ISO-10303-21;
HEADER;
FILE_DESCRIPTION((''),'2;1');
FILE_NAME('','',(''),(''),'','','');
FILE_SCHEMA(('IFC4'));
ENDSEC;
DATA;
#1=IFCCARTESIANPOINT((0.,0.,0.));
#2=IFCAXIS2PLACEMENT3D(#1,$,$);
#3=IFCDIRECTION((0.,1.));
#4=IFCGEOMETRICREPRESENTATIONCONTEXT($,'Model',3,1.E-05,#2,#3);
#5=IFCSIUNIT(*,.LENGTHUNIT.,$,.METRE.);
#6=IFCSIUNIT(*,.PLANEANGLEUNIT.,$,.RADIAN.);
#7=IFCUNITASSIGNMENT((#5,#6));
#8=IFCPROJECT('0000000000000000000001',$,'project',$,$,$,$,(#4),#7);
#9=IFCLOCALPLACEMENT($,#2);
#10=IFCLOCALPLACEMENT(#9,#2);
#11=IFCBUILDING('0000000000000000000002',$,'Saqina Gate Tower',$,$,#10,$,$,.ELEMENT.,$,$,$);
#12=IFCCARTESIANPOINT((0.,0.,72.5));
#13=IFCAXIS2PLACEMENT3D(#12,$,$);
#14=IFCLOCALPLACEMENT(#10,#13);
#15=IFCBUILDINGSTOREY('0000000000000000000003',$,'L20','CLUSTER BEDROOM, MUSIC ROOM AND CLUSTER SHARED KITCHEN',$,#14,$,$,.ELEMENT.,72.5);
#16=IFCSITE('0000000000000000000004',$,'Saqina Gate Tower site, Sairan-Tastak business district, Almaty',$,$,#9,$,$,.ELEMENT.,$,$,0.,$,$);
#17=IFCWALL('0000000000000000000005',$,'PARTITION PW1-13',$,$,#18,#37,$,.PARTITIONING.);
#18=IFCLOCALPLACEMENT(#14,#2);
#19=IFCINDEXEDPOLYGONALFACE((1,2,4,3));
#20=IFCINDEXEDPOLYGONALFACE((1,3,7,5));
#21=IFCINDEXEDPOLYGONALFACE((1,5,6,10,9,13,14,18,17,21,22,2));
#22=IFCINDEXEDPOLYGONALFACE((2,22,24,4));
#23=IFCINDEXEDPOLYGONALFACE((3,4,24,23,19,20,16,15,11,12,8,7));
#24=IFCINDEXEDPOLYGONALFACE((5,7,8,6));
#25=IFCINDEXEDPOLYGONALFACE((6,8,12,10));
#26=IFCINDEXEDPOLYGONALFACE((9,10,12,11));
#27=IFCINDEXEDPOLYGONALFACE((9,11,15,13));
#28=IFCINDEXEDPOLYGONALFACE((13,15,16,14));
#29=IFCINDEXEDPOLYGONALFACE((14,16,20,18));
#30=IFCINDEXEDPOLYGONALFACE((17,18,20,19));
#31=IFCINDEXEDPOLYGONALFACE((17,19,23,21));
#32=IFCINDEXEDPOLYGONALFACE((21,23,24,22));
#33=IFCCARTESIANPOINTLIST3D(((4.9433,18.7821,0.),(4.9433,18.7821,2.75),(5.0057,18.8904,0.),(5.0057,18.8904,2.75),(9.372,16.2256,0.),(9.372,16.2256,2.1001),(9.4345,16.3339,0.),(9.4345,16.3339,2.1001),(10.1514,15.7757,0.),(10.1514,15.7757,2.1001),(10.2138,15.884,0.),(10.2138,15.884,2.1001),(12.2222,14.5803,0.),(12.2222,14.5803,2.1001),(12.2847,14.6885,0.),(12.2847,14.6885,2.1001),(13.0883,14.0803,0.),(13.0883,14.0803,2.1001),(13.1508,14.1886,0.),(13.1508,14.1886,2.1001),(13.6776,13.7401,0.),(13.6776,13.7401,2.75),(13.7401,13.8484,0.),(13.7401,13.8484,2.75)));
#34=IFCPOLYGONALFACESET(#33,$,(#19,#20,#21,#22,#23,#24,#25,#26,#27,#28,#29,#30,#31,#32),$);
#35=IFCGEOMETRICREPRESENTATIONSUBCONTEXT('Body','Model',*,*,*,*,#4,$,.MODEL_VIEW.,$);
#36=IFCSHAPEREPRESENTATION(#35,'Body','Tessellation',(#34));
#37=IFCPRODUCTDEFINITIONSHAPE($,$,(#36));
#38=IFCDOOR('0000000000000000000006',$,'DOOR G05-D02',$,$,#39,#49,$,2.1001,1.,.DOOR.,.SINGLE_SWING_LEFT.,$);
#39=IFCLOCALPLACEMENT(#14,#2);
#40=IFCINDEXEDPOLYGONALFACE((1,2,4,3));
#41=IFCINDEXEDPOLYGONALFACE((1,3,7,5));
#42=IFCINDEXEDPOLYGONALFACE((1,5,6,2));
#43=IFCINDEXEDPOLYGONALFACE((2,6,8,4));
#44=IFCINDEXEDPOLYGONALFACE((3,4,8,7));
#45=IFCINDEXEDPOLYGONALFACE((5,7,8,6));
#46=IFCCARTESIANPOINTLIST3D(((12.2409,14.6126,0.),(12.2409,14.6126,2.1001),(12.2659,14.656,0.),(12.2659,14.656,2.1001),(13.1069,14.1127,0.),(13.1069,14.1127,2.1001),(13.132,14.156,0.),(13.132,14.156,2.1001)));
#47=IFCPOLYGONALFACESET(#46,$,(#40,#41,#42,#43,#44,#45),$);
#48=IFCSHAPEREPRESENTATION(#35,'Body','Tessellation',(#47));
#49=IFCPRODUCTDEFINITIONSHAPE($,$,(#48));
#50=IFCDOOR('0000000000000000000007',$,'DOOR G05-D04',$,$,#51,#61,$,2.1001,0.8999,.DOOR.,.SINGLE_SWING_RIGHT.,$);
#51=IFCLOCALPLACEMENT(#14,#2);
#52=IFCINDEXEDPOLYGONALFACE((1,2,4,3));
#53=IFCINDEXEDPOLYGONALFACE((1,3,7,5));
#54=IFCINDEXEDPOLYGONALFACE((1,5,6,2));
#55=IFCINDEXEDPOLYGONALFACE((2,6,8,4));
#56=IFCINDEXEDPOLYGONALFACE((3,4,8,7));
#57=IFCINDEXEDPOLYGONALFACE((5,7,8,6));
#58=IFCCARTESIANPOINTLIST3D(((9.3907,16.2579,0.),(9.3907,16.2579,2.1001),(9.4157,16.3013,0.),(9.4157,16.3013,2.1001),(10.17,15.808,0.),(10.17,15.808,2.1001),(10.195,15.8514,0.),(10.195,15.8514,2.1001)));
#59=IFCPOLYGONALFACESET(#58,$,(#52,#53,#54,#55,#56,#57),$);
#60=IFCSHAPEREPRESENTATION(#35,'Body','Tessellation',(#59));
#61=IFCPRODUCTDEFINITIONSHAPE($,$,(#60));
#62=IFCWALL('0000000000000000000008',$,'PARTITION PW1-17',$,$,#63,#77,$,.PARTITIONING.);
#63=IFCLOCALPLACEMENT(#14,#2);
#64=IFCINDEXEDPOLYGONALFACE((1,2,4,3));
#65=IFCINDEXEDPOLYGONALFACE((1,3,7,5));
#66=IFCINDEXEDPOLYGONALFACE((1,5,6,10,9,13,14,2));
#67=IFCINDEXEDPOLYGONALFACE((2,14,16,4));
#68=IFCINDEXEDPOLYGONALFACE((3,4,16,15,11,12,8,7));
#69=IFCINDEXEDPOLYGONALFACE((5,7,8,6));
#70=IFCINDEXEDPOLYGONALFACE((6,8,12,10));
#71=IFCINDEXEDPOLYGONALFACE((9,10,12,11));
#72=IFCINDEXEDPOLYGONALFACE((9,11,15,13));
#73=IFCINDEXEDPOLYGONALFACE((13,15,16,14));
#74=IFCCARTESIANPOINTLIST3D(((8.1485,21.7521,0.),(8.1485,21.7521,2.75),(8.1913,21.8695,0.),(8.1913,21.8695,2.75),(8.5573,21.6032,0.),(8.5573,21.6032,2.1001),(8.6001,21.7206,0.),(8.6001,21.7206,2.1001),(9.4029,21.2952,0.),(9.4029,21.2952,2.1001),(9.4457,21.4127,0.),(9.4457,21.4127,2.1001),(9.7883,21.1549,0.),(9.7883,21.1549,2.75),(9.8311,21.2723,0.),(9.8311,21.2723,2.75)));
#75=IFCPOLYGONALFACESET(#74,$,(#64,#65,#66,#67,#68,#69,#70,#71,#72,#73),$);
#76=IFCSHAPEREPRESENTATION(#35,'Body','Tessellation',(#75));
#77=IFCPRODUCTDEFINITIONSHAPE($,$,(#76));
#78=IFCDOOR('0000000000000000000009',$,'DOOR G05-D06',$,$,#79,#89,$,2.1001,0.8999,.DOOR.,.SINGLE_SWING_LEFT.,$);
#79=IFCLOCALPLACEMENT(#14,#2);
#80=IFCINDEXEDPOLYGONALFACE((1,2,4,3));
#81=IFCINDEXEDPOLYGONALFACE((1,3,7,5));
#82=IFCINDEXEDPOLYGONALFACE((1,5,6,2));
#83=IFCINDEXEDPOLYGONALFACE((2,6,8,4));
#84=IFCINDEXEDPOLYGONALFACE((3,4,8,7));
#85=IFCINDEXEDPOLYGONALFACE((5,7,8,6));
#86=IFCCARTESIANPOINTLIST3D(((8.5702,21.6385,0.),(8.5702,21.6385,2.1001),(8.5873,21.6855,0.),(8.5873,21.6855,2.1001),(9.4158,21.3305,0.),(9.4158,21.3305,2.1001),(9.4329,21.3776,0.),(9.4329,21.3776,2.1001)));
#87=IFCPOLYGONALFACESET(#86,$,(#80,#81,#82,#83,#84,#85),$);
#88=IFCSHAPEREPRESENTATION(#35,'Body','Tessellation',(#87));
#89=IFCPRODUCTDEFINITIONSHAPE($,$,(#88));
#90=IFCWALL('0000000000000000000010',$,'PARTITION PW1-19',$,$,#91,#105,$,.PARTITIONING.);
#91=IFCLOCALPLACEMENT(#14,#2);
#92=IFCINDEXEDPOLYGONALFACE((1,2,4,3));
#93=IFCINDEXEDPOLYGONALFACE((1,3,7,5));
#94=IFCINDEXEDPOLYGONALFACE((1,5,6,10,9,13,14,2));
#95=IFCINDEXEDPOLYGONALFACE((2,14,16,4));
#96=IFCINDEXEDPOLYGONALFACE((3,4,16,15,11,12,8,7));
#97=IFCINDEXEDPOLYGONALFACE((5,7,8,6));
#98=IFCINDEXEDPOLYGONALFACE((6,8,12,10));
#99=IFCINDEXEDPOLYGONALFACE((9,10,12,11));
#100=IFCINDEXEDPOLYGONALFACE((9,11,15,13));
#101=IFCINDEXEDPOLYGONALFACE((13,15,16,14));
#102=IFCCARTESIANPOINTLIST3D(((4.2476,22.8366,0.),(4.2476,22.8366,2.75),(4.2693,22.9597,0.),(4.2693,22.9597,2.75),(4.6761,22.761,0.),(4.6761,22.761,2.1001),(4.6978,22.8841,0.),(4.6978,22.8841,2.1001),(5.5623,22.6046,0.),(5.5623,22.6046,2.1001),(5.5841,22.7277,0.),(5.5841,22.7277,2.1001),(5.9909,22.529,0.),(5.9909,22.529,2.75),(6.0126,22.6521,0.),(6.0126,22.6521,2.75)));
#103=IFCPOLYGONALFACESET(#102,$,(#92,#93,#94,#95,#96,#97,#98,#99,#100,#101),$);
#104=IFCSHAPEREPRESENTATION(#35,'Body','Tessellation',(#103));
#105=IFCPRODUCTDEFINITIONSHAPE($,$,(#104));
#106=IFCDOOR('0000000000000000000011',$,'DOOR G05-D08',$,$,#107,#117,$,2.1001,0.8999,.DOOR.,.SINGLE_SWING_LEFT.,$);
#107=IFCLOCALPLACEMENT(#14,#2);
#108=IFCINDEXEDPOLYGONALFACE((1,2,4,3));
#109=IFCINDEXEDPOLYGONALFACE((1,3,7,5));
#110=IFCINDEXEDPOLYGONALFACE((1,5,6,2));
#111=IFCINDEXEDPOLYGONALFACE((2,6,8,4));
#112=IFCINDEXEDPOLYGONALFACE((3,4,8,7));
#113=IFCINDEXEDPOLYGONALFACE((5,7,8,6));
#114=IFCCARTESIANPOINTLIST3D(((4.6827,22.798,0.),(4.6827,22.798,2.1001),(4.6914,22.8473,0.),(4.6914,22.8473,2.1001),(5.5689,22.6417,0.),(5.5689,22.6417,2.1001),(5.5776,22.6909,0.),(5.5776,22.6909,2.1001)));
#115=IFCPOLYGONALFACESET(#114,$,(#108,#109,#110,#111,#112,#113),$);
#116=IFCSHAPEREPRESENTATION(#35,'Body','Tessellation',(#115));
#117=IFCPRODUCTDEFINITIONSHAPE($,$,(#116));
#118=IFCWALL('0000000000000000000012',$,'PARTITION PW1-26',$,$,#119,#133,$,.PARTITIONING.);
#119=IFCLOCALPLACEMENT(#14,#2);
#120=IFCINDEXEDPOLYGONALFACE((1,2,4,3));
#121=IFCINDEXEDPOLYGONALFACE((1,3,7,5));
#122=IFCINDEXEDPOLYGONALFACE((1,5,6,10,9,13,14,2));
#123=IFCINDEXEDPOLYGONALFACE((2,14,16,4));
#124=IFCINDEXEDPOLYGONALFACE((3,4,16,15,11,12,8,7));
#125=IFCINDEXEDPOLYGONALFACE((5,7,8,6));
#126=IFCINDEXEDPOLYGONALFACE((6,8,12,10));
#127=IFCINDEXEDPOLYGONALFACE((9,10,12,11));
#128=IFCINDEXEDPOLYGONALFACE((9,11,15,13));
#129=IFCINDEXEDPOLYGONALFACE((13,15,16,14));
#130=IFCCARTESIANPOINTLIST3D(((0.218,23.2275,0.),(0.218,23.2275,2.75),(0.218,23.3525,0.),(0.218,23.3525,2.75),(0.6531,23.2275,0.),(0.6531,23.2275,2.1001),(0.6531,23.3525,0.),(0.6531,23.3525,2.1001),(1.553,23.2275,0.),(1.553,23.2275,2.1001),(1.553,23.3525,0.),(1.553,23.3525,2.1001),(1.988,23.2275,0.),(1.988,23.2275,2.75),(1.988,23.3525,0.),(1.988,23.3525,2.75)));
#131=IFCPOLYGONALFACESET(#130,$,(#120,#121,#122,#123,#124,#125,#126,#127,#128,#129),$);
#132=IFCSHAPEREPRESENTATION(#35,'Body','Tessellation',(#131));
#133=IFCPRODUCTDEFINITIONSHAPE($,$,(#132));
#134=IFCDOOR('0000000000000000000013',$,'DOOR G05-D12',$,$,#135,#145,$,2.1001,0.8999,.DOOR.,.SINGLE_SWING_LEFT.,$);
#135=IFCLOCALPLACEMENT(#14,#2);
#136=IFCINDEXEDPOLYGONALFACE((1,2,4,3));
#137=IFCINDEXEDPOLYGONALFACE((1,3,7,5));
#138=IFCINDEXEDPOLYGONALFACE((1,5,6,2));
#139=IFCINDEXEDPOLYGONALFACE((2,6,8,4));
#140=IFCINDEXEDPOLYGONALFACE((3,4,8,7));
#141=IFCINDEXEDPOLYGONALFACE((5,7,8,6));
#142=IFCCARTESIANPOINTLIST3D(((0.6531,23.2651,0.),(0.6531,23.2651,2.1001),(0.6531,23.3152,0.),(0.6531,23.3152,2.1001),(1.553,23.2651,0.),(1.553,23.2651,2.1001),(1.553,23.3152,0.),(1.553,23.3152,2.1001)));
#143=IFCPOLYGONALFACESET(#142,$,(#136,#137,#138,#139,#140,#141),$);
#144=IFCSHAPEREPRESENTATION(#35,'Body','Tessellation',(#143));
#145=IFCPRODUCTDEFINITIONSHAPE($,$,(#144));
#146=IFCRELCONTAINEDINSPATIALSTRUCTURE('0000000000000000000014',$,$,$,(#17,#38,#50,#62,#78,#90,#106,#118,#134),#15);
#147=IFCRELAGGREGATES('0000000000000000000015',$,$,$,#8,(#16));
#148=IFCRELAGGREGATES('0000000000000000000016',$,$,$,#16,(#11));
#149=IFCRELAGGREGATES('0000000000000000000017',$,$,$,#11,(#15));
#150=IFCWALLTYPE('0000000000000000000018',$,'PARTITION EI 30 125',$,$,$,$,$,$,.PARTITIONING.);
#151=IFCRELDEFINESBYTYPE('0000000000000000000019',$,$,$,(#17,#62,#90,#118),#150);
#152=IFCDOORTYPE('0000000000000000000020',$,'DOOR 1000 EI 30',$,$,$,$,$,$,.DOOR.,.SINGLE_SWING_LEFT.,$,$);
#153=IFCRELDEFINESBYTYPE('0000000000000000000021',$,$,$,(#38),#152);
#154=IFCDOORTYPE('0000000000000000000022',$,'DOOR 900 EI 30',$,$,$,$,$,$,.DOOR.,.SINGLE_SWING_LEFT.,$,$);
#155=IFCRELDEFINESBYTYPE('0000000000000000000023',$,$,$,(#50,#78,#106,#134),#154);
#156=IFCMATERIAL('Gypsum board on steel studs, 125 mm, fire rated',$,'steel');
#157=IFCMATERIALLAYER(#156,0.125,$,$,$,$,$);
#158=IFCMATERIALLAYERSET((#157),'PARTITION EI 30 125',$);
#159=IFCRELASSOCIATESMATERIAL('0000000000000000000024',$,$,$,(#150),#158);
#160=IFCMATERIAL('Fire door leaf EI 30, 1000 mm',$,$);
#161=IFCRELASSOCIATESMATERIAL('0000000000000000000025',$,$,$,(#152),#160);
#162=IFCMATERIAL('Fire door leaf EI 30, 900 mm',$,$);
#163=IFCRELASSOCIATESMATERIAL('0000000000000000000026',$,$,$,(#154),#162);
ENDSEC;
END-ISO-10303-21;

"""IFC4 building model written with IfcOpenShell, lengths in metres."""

from ifc_helpers import new_model, si_unit, direction, frame, frame_2d, origin, place, context, subcontext, project, spatial, rectangle, extrude, material, layer, layer_set, type_object, element, fill, save


model = new_model("IFC4")

# Units and contexts
model_context = context("Model", 3, precision=1e-05, world=origin(), true_north=direction((0.0, 1.0)))
body_context = subcontext(model_context, "Body", "Model", "MODEL_VIEW")
ifc_project = project(units=[si_unit("LENGTHUNIT", "METRE"), si_unit("PLANEANGLEUNIT", "RADIAN")], contexts=[model_context])

# Site, building, storey
site_placement = place(None, origin())
site = spatial("IfcSite", under=ifc_project, at=site_placement, Name="Saqina Gate Tower site, Sairan-Tastak business district, Almaty", CompositionType="ELEMENT", RefElevation=0.0)
building_placement = place(site_placement, origin())
building = spatial("IfcBuilding", under=site, at=building_placement, Name="Saqina Gate Tower", CompositionType="ELEMENT")
storey_placement = place(building_placement, frame((0.0, 0.0, 72.5)))
storey = spatial("IfcBuildingStorey", under=building, at=storey_placement, Name="L20", Description="CLUSTER BEDROOM, MUSIC ROOM AND CLUSTER SHARED KITCHEN", CompositionType="ELEMENT", Elevation=72.5)

# Wall, openings, doors
ifc_material_1 = material(Name="Gypsum board on steel studs, 125 mm, fire rated", Category="steel")
ifc_layer_1 = layer(ifc_material_1, 0.125)
ifc_layer_set_1 = layer_set([ifc_layer_1], Name="PARTITION EI 30 125")
wall_type_1 = type_object("IfcWallType", Name="PARTITION EI 30 125", PredefinedType="PARTITIONING", material=ifc_layer_set_1)
wall_1_placement = place(storey_placement, frame((4.9746, 18.8362, 0.0), z_axis=(0.0, 0.0, 1.0), x_axis=(0.86606, -0.49994, 0.0)))
wall_1 = element("IfcWall", 1, at=wall_1_placement, inside=storey, type_object=wall_type_1, Name="PARTITION PW1-13", PredefinedType="PARTITIONING", context=body_context, shape_type="SweptSolid", body=[
    extrude(rectangle(XDim=10.0852, YDim=0.125, at=frame_2d((5.0425, 0.0))), origin(), (0.0, 0.0, 1.0), 2.75),
])
opening_1_placement = place(wall_1_placement, frame((8.4045, 0.0, 0.0)))
opening_1 = element("IfcOpeningElement", 2, at=opening_1_placement, cuts=wall_1, PredefinedType="OPENING", context=body_context, shape_type="SweptSolid", body=[
    extrude(rectangle(XDim=1.0, YDim=2.1001, at=frame_2d((0.5, 1.05))), frame((0.0, 0.0745, 0.0), z_axis=(0.0, -1.0, 0.0), x_axis=(1.0, 0.0, 0.0)), (0.0, 0.0, 1.0), 0.1489),
])
opening_2_placement = place(wall_1_placement, frame((5.1135, 0.0, 0.0)))
opening_2 = element("IfcOpeningElement", 3, at=opening_2_placement, cuts=wall_1, PredefinedType="OPENING", context=body_context, shape_type="SweptSolid", body=[
    extrude(rectangle(XDim=0.8999, YDim=2.1001, at=frame_2d((0.45, 1.05))), frame((0.0, 0.0745, 0.0), z_axis=(0.0, -1.0, 0.0), x_axis=(1.0, 0.0, 0.0)), (0.0, 0.0, 1.0), 0.1489),
])
ifc_material_2 = material(Name="Fire door leaf EI 30, 1000 mm")
door_type_1 = type_object("IfcDoorType", Name="DOOR 1000 EI 30", OperationType="SINGLE_SWING_LEFT", PredefinedType="DOOR", material=ifc_material_2)
door_1_placement = place(opening_1_placement, origin())
door_1 = element("IfcDoor", 4, at=door_1_placement, inside=storey, type_object=door_type_1, Name="DOOR G05-D02", OperationType="SINGLE_SWING_LEFT", OverallHeight=2.1001, OverallWidth=1.0, PredefinedType="DOOR", context=body_context, shape_type="SweptSolid", body=[
    extrude(rectangle(XDim=1.0, YDim=2.1001, at=frame_2d((0.5, 1.05))), frame((0.0, 0.0249, 0.0), z_axis=(0.0, -1.0, 0.0), x_axis=(1.0, 0.0, 0.0)), (0.0, 0.0, 1.0), 0.05),
])
fill(opening_1, door_1)
ifc_material_3 = material(Name="Fire door leaf EI 30, 900 mm")
door_type_2 = type_object("IfcDoorType", Name="DOOR 900 EI 30", OperationType="SINGLE_SWING_LEFT", PredefinedType="DOOR", material=ifc_material_3)
door_2_placement = place(opening_2_placement, origin())
door_2 = element("IfcDoor", 5, at=door_2_placement, inside=storey, type_object=door_type_2, Name="DOOR G05-D04", OperationType="SINGLE_SWING_RIGHT", OverallHeight=2.1001, OverallWidth=0.8999, PredefinedType="DOOR", context=body_context, shape_type="SweptSolid", body=[
    extrude(rectangle(XDim=0.8999, YDim=2.1001, at=frame_2d((0.45, 1.05))), frame((0.0, 0.0249, 0.0), z_axis=(0.0, -1.0, 0.0), x_axis=(1.0, 0.0, 0.0)), (0.0, 0.0, 1.0), 0.05),
])
fill(opening_2, door_2)

# Walls, openings, doors
wall_2_placement = place(storey_placement, frame((8.1699, 21.8108, 0.0), z_axis=(0.0, 0.0, 1.0), x_axis=(0.939622, -0.342215, 0.0)))
wall_2 = element("IfcWall", 6, at=wall_2_placement, inside=storey, type_object=wall_type_1, Name="PARTITION PW1-17", PredefinedType="PARTITIONING", context=body_context, shape_type="SweptSolid", body=[
    extrude(rectangle(XDim=1.7451, YDim=0.125, at=frame_2d((0.8726, 0.0))), origin(), (0.0, 0.0, 1.0), 2.75),
])
opening_3_placement = place(wall_2_placement, frame((0.4351, 0.0, 0.0)))
opening_3 = element("IfcOpeningElement", 7, at=opening_3_placement, cuts=wall_2, PredefinedType="OPENING", context=body_context, shape_type="SweptSolid", body=[
    extrude(rectangle(XDim=0.8999, YDim=2.1001, at=frame_2d((0.45, 1.05))), frame((0.0, 0.0745, 0.0), z_axis=(0.0, -1.0, 0.0), x_axis=(1.0, 0.0, 0.0)), (0.0, 0.0, 1.0), 0.1489),
])
door_3_placement = place(opening_3_placement, frame((0.8999, 0.0, 0.0), z_axis=(0.0, 0.0, 1.0), x_axis=(-1.0, 0.0, 0.0)))
door_3 = element("IfcDoor", 8, at=door_3_placement, inside=storey, type_object=door_type_2, Name="DOOR G05-D06", OperationType="SINGLE_SWING_LEFT", OverallHeight=2.1001, OverallWidth=0.8999, PredefinedType="DOOR", context=body_context, shape_type="SweptSolid", body=[
    extrude(rectangle(XDim=0.8999, YDim=2.1001, at=frame_2d((0.45, 1.05))), frame((0.0, 0.0249, 0.0), z_axis=(0.0, -1.0, 0.0), x_axis=(1.0, 0.0, 0.0)), (0.0, 0.0, 1.0), 0.05),
])
fill(opening_3, door_3)
wall_3_placement = place(storey_placement, frame((4.2583, 22.8982, 0.0), z_axis=(0.0, 0.0, 1.0), x_axis=(0.984788, -0.173762, 0.0)))
wall_3 = element("IfcWall", 9, at=wall_3_placement, inside=storey, type_object=wall_type_1, Name="PARTITION PW1-19", PredefinedType="PARTITIONING", context=body_context, shape_type="SweptSolid", body=[
    extrude(rectangle(XDim=1.7703, YDim=0.125, at=frame_2d((0.8853, 0.0))), origin(), (0.0, 0.0, 1.0), 2.75),
])
opening_4_placement = place(wall_3_placement, frame((0.4353, 0.0, 0.0)))
opening_4 = element("IfcOpeningElement", 10, at=opening_4_placement, cuts=wall_3, PredefinedType="OPENING", context=body_context, shape_type="SweptSolid", body=[
    extrude(rectangle(XDim=0.8999, YDim=2.1001, at=frame_2d((0.45, 1.05))), frame((0.0, 0.0745, 0.0), z_axis=(0.0, -1.0, 0.0), x_axis=(1.0, 0.0, 0.0)), (0.0, 0.0, 1.0), 0.1489),
])
door_4_placement = place(opening_4_placement, frame((0.8999, 0.0, 0.0), z_axis=(0.0, 0.0, 1.0), x_axis=(-1.0, 0.0, 0.0)))
door_4 = element("IfcDoor", 11, at=door_4_placement, inside=storey, type_object=door_type_2, Name="DOOR G05-D08", OperationType="SINGLE_SWING_LEFT", OverallHeight=2.1001, OverallWidth=0.8999, PredefinedType="DOOR", context=body_context, shape_type="SweptSolid", body=[
    extrude(rectangle(XDim=0.8999, YDim=2.1001, at=frame_2d((0.45, 1.05))), frame((0.0, 0.0249, 0.0), z_axis=(0.0, -1.0, 0.0), x_axis=(1.0, 0.0, 0.0)), (0.0, 0.0, 1.0), 0.05),
])
fill(opening_4, door_4)
wall_4_placement = place(storey_placement, frame((0.218, 23.29, 0.0), z_axis=(0.0, 0.0, 1.0), x_axis=(1.0, 0.0, 0.0)))
wall_4 = element("IfcWall", 12, at=wall_4_placement, inside=storey, type_object=wall_type_1, Name="PARTITION PW1-26", PredefinedType="PARTITIONING", context=body_context, shape_type="SweptSolid", body=[
    extrude(rectangle(XDim=1.77, YDim=0.125, at=frame_2d((0.885, 0.0))), origin(), (0.0, 0.0, 1.0), 2.75),
])
opening_5_placement = place(wall_4_placement, frame((0.4351, 0.0, 0.0)))
opening_5 = element("IfcOpeningElement", 13, at=opening_5_placement, cuts=wall_4, PredefinedType="OPENING", context=body_context, shape_type="SweptSolid", body=[
    extrude(rectangle(XDim=0.8999, YDim=2.1001, at=frame_2d((0.45, 1.05))), frame((0.0, 0.0745, 0.0), z_axis=(0.0, -1.0, 0.0), x_axis=(1.0, 0.0, 0.0)), (0.0, 0.0, 1.0), 0.1489),
])
door_5_placement = place(opening_5_placement, frame((0.8999, 0.0, 0.0), z_axis=(0.0, 0.0, 1.0), x_axis=(-1.0, 0.0, 0.0)))
door_5 = element("IfcDoor", 14, at=door_5_placement, inside=storey, type_object=door_type_2, Name="DOOR G05-D12", OperationType="SINGLE_SWING_LEFT", OverallHeight=2.1001, OverallWidth=0.8999, PredefinedType="DOOR", context=body_context, shape_type="SweptSolid", body=[
    extrude(rectangle(XDim=0.8999, YDim=2.1001, at=frame_2d((0.45, 1.05))), frame((0.0, 0.0249, 0.0), z_axis=(0.0, -1.0, 0.0), x_axis=(1.0, 0.0, 0.0)), (0.0, 0.0, 1.0), 0.05),
])
fill(opening_5, door_5)

save(model, "model.ifc")
